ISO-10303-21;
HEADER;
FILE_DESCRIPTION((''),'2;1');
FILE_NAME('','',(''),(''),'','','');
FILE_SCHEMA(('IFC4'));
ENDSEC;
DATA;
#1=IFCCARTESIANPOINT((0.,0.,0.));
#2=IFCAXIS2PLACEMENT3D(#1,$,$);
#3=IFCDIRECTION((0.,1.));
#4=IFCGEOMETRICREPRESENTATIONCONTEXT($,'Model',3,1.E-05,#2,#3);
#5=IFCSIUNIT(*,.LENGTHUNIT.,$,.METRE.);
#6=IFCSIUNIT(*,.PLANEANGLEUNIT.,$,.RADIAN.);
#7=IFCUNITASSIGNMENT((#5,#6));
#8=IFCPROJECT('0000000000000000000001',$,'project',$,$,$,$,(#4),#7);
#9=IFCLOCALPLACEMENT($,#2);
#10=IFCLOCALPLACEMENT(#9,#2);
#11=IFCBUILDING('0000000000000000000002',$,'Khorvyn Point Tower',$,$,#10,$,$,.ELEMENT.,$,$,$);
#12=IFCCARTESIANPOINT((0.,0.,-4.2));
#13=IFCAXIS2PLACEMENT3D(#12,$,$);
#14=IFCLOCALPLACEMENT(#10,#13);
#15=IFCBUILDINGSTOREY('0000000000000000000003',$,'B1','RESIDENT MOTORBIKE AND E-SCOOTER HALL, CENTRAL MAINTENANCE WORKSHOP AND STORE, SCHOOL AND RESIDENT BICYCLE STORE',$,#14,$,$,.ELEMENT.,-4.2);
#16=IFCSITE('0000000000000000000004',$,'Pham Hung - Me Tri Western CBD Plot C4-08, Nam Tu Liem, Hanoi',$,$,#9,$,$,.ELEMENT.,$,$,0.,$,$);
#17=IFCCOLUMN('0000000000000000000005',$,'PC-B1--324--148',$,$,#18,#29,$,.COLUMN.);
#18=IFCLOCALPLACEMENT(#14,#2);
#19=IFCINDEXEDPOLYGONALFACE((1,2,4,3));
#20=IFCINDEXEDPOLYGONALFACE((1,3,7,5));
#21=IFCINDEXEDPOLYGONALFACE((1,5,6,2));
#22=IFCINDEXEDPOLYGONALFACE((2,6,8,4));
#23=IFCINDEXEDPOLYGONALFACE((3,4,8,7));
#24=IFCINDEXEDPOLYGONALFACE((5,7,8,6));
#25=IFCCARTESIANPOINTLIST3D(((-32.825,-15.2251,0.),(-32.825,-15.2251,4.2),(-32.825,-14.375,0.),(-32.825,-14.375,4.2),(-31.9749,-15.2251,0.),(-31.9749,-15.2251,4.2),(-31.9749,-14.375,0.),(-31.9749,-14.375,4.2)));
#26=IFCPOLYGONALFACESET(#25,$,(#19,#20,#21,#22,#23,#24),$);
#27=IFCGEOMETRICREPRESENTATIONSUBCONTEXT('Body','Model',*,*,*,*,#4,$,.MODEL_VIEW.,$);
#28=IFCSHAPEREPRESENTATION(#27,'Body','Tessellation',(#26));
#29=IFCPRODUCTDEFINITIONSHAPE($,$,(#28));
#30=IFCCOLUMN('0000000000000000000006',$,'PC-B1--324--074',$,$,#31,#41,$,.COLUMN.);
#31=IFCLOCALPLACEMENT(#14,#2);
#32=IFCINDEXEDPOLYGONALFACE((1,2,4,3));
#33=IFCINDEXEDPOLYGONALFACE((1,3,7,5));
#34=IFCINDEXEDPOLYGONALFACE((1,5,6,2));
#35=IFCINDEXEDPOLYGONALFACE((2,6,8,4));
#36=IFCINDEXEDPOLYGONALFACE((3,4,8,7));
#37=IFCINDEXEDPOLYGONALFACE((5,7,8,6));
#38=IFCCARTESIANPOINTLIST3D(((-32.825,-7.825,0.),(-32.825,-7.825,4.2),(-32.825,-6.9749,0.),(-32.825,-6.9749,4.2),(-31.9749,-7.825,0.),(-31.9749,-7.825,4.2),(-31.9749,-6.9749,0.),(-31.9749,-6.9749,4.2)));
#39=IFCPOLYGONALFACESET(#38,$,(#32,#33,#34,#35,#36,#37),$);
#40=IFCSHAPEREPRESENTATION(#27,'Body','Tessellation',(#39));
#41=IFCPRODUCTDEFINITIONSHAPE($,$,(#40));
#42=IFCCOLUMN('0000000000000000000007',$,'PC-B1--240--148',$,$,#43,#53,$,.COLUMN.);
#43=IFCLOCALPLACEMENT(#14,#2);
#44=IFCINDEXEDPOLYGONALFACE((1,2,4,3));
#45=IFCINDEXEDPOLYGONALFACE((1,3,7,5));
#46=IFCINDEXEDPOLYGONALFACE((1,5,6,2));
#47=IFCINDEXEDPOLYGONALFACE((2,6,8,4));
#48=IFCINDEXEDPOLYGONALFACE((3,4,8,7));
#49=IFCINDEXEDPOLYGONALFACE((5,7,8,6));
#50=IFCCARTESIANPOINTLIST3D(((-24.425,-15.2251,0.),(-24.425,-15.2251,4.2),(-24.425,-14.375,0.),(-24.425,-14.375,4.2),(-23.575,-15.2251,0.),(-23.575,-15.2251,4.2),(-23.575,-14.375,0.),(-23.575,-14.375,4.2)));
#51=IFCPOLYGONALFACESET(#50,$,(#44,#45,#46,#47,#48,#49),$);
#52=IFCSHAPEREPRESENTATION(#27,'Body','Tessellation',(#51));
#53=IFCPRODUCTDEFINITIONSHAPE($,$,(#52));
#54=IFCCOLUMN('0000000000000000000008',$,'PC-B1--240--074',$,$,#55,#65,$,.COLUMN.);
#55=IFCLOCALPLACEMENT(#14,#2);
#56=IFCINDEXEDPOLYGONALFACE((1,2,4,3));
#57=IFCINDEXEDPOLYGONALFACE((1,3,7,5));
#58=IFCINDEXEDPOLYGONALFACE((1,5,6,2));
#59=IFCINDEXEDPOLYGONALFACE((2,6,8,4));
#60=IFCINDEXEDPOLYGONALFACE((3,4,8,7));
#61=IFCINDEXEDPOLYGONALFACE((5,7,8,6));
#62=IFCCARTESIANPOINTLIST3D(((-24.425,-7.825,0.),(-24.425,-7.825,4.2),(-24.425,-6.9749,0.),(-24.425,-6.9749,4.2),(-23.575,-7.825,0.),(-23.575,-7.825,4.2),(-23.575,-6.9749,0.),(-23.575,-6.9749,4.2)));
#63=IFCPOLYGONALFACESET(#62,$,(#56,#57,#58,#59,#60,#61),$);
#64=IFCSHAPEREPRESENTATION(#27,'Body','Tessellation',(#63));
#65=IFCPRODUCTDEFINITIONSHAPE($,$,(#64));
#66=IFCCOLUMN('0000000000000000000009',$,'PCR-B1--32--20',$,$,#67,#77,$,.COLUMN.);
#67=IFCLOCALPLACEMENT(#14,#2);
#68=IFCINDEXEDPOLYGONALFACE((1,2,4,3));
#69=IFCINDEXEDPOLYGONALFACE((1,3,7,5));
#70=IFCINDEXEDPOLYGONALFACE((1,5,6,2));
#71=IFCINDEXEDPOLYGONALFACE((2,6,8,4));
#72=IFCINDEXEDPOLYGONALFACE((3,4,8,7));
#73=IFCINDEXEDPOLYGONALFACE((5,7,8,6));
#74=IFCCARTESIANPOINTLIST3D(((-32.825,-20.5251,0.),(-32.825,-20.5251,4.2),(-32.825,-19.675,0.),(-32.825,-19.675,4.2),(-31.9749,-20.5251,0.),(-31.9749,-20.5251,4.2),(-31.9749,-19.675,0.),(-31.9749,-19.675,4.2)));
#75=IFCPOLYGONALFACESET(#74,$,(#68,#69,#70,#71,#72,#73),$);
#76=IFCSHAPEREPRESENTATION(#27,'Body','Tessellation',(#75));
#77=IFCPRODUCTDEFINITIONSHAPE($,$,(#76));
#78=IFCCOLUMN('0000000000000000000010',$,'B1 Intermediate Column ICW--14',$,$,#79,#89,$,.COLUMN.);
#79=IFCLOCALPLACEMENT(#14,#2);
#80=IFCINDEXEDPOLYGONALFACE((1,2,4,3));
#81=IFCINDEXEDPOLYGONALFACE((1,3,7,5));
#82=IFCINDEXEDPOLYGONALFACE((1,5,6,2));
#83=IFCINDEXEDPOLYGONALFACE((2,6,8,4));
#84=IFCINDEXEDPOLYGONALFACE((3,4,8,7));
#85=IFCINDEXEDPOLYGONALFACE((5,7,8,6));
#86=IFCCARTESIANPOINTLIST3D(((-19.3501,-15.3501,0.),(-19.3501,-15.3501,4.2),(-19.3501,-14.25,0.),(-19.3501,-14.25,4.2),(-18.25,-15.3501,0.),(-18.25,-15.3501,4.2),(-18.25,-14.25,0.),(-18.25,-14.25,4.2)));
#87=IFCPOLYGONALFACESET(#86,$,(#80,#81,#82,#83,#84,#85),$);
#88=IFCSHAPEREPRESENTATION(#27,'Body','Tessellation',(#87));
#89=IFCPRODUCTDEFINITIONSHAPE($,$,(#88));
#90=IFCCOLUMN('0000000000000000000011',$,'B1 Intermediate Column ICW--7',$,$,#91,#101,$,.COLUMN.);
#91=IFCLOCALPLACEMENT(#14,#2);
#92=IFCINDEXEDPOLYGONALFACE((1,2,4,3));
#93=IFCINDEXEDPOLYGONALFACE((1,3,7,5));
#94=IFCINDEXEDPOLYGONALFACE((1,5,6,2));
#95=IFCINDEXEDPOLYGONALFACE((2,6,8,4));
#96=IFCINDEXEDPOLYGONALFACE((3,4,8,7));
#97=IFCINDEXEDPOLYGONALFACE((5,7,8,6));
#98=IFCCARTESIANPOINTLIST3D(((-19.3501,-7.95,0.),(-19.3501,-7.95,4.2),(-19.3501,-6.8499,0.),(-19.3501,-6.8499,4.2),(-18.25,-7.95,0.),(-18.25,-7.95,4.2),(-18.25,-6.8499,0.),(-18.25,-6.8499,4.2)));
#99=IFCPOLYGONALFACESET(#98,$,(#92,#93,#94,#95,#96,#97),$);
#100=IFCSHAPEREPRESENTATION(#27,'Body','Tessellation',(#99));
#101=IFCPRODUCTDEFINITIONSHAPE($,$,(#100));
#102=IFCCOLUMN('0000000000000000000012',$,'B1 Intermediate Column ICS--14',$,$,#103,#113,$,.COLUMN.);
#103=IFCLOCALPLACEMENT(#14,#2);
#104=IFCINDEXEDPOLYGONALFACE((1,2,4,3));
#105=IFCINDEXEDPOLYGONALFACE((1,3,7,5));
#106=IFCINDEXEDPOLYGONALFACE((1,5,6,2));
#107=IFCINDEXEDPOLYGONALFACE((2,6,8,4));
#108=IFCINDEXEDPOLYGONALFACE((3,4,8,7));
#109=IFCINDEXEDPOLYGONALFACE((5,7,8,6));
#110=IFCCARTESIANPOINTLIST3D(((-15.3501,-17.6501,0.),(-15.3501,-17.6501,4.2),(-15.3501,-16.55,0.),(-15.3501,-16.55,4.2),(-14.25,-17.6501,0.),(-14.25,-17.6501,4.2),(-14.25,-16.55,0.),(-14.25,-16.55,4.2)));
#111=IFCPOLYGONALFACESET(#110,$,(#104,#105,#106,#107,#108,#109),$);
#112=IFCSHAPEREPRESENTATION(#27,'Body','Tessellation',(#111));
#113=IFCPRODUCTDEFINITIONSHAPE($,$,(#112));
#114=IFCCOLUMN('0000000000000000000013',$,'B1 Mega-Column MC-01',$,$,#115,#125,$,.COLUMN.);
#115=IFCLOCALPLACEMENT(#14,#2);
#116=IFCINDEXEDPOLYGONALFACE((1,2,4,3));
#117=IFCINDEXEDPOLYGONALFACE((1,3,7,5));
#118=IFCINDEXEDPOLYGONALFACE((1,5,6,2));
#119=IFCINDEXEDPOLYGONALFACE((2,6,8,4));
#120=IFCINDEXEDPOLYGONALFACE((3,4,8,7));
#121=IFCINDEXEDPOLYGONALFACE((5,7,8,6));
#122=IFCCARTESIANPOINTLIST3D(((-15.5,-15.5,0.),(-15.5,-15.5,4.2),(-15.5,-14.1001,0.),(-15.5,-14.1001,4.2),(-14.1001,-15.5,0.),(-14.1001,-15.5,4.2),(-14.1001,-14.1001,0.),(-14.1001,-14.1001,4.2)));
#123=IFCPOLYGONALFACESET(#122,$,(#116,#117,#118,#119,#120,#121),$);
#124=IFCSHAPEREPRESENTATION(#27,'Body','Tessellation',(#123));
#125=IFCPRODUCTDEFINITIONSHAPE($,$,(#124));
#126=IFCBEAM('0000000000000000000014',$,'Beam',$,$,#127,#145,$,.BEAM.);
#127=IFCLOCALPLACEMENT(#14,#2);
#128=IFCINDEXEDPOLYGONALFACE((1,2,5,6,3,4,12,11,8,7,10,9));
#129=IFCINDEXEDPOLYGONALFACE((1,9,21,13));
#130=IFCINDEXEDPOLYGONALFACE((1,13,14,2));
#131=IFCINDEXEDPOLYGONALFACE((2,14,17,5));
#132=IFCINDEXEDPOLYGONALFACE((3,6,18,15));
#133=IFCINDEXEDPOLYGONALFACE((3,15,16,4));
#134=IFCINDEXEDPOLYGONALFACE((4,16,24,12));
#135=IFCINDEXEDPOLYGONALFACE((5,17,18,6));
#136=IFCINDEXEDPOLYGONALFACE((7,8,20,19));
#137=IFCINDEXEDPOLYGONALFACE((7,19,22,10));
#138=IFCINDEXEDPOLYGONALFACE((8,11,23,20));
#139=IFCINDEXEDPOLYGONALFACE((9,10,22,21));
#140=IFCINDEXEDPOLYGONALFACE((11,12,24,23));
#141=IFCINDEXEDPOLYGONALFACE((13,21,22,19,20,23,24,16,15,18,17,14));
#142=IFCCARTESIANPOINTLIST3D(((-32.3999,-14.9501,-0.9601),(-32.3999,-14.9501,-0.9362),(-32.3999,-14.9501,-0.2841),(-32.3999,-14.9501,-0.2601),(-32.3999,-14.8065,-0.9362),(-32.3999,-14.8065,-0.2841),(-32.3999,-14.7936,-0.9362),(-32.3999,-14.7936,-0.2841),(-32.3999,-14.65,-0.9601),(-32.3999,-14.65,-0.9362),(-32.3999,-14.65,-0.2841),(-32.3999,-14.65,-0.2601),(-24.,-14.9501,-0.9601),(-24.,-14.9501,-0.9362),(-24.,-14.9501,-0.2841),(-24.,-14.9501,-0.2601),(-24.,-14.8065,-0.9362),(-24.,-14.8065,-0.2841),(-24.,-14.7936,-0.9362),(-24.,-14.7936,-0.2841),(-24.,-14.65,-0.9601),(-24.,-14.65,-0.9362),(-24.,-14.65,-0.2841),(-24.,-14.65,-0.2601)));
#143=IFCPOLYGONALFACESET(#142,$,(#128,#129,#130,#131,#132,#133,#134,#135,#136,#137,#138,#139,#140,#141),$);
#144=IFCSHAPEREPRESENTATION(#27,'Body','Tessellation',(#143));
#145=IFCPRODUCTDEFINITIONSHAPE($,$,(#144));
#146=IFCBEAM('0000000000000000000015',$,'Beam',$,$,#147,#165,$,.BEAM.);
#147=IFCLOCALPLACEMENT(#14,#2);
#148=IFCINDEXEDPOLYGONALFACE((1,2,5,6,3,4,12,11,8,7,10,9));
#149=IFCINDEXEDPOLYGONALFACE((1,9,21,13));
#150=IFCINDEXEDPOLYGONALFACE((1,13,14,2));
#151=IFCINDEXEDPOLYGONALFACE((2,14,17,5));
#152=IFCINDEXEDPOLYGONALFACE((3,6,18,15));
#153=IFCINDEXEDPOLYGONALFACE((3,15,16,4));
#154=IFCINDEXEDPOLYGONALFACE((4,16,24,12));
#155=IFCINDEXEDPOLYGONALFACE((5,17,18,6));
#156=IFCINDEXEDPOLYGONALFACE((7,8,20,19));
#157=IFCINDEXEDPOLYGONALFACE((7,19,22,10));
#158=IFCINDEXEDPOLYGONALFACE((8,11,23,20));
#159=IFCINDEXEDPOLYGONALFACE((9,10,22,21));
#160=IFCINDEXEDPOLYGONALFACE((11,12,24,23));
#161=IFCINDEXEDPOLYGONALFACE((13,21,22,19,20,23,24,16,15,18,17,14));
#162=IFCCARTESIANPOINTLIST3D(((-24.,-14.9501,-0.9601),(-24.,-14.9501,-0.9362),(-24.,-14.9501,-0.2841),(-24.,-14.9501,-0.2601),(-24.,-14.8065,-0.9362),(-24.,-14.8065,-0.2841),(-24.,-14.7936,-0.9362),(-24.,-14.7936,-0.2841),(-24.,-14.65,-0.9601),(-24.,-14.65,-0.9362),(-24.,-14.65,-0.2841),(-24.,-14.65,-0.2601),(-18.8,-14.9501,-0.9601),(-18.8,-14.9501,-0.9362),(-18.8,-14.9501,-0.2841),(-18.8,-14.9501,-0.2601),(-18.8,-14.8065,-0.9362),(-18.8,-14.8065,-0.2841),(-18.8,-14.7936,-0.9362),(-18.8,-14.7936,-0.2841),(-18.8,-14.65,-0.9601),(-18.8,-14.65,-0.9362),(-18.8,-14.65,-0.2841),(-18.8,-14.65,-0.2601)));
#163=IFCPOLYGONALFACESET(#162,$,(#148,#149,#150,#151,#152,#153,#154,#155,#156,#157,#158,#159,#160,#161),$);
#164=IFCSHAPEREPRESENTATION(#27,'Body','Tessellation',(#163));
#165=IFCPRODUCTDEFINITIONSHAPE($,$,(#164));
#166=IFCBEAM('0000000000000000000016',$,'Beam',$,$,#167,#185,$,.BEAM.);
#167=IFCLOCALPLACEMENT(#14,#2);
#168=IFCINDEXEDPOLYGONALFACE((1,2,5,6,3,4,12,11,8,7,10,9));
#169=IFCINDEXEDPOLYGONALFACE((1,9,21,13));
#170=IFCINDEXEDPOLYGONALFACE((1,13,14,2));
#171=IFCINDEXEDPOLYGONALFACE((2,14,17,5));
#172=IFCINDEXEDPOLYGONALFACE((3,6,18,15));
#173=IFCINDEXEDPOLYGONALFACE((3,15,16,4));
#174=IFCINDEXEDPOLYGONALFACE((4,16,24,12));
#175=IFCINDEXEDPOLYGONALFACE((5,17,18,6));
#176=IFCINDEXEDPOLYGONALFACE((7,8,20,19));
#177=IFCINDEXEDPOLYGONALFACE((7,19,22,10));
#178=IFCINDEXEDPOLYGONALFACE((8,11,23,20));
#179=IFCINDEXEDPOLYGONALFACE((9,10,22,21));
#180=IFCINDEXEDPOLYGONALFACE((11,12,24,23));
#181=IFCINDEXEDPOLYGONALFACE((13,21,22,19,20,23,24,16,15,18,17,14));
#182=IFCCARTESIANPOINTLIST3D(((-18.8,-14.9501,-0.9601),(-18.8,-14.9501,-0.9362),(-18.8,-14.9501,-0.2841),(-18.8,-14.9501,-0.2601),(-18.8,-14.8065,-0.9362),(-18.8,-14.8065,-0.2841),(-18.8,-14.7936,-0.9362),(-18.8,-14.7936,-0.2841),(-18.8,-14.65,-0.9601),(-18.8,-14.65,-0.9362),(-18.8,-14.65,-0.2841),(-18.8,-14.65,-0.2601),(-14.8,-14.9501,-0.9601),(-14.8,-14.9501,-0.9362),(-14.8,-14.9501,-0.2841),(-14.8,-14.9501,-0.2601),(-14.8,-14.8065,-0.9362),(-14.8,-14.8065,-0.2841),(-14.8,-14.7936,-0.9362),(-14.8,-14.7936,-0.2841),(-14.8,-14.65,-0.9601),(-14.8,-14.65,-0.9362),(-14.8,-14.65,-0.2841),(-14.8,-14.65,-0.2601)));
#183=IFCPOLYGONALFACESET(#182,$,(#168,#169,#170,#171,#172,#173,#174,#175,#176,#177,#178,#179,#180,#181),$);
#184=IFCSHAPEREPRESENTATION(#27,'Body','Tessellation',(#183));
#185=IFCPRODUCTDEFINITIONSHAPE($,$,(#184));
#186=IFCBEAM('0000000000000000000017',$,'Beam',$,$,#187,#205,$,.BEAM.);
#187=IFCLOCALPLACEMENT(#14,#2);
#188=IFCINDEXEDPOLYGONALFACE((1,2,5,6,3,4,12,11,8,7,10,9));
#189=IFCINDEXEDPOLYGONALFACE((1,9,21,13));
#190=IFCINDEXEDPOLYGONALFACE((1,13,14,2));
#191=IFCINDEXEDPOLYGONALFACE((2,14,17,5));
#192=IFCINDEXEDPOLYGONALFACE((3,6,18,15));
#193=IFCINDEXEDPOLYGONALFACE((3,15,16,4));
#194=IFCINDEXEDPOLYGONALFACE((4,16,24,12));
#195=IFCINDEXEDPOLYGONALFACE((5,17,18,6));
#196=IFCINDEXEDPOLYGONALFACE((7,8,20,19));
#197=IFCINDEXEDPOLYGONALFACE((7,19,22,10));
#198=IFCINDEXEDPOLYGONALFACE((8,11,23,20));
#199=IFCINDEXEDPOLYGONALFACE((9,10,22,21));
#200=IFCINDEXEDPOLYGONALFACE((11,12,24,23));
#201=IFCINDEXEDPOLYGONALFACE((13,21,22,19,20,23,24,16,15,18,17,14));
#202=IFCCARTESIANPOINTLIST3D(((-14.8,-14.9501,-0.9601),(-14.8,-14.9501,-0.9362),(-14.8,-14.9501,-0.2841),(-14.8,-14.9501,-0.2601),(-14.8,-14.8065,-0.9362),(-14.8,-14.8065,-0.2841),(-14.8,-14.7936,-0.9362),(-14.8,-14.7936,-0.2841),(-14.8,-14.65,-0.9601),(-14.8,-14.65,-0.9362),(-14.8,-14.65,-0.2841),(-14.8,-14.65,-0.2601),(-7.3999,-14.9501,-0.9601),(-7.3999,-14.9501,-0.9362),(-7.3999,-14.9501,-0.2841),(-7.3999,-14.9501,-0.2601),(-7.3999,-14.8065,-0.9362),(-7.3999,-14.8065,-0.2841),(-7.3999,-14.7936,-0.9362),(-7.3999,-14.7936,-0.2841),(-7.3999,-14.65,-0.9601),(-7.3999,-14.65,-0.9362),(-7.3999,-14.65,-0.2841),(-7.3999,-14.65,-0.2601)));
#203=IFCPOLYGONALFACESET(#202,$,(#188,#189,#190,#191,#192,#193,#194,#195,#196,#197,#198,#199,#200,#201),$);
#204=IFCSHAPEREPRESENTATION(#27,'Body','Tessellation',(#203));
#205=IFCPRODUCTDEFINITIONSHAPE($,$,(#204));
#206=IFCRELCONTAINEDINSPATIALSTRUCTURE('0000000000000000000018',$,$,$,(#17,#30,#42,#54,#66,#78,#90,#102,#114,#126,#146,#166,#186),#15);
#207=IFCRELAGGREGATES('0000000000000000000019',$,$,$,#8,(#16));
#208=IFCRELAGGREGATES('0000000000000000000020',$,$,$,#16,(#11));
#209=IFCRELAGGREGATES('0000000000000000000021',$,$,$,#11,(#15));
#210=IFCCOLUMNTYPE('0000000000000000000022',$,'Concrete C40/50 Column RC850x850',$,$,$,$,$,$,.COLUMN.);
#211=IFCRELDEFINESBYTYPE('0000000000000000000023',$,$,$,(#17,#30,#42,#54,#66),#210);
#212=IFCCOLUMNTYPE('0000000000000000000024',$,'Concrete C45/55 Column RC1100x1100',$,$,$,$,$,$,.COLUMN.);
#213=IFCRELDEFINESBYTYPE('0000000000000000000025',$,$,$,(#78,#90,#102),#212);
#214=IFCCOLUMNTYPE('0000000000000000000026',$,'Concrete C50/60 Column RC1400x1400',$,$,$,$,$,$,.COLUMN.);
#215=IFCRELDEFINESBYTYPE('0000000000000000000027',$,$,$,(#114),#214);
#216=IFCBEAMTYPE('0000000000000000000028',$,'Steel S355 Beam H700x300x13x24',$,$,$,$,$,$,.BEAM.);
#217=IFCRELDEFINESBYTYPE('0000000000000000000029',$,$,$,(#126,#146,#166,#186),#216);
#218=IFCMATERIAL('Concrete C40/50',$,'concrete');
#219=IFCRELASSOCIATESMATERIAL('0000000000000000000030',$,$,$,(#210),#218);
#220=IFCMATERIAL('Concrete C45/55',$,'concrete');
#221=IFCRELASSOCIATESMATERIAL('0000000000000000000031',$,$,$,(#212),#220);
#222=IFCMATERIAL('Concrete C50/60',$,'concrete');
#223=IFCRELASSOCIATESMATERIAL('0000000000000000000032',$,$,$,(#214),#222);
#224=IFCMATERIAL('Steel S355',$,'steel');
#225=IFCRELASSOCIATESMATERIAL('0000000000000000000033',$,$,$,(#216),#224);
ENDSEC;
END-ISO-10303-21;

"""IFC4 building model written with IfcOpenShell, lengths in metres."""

from ifc_helpers import new_model, si_unit, direction, frame, origin, origin_2d, place, context, subcontext, project, spatial, rectangle, i_section, extrude, material, material_profile, profile_set, type_object, element, save


model = new_model("IFC4")

# Units and contexts
model_context = context("Model", 3, precision=1e-05, world=origin(), true_north=direction((0.0, 1.0)))
body_context = subcontext(model_context, "Body", "Model", "MODEL_VIEW")
ifc_project = project(units=[si_unit("LENGTHUNIT", "METRE"), si_unit("PLANEANGLEUNIT", "RADIAN")], contexts=[model_context])

# Site, building, storey
site_placement = place(None, origin())
site = spatial("IfcSite", under=ifc_project, at=site_placement, Name="Pham Hung - Me Tri Western CBD Plot C4-08, Nam Tu Liem, Hanoi", CompositionType="ELEMENT", RefElevation=0.0)
building_placement = place(site_placement, origin())
building = spatial("IfcBuilding", under=site, at=building_placement, Name="Khorvyn Point Tower", CompositionType="ELEMENT")
storey_placement = place(building_placement, frame((0.0, 0.0, -4.2)))
storey = spatial("IfcBuildingStorey", under=building, at=storey_placement, Name="B1", Description="RESIDENT MOTORBIKE AND E-SCOOTER HALL, CENTRAL MAINTENANCE WORKSHOP AND STORE, SCHOOL AND RESIDENT BICYCLE STORE", CompositionType="ELEMENT", Elevation=-4.2)

# Columns
ifc_material_1 = material(Name="Concrete C40/50", Category="concrete")
ifc_material_profile_1 = material_profile(ifc_material_1, rectangle(XDim=0.8501, YDim=0.8501, at=origin_2d()))
ifc_profile_set_1 = profile_set([ifc_material_profile_1], Name="Concrete C40/50 RC850x850")
column_type_1 = type_object("IfcColumnType", Name="Concrete C40/50 Column RC850x850", PredefinedType="COLUMN", material=ifc_profile_set_1)
for number, where, z_axis, x_axis, name in (
    (1, (-32.3999, -14.8, 0.0), (0.0, 0.0, 1.0), (1.0, 0.0, 0.0), "PC-B1--324--148"),
    (2, (-32.3999, -7.3999, 0.0), (0.0, 0.0, 1.0), (1.0, 0.0, 0.0), "PC-B1--324--074"),
    (3, (-24.0, -14.8, 0.0), (0.0, 0.0, 1.0), (1.0, 0.0, 0.0), "PC-B1--240--148"),
    (4, (-24.0, -7.3999, 0.0), (0.0, 0.0, 1.0), (1.0, 0.0, 0.0), "PC-B1--240--074"),
    (5, (-32.3999, -20.1001, 0.0), (0.0, 0.0, 1.0), (1.0, 0.0, 0.0), "PCR-B1--32--20"),
):
    element("IfcColumn", number, at=place(storey_placement, frame(where, z_axis=z_axis, x_axis=x_axis)), inside=storey, type_object=column_type_1, Name=name, PredefinedType="COLUMN", context=body_context, shape_type="SweptSolid", body=[
        extrude(rectangle(XDim=0.8501, YDim=0.8501, at=origin_2d()), origin(), (0.0, 0.0, 1.0), 4.2),
    ])
ifc_material_2 = material(Name="Concrete C45/55", Category="concrete")
ifc_material_profile_2 = material_profile(ifc_material_2, rectangle(XDim=1.1001, YDim=1.1001, at=origin_2d()))
ifc_profile_set_2 = profile_set([ifc_material_profile_2], Name="Concrete C45/55 RC1100x1100")
column_type_2 = type_object("IfcColumnType", Name="Concrete C45/55 Column RC1100x1100", PredefinedType="COLUMN", material=ifc_profile_set_2)
for number, where, z_axis, x_axis, name in (
    (6, (-18.8, -14.8, 0.0), (0.0, 0.0, 1.0), (1.0, 0.0, 0.0), "B1 Intermediate Column ICW--14"),
    (7, (-18.8, -7.3999, 0.0), (0.0, 0.0, 1.0), (1.0, 0.0, 0.0), "B1 Intermediate Column ICW--7"),
    (8, (-14.8, -17.1001, 0.0), (0.0, 0.0, 1.0), (1.0, 0.0, 0.0), "B1 Intermediate Column ICS--14"),
):
    element("IfcColumn", number, at=place(storey_placement, frame(where, z_axis=z_axis, x_axis=x_axis)), inside=storey, type_object=column_type_2, Name=name, PredefinedType="COLUMN", context=body_context, shape_type="SweptSolid", body=[
        extrude(rectangle(XDim=1.1001, YDim=1.1001, at=origin_2d()), origin(), (0.0, 0.0, 1.0), 4.2),
    ])
ifc_material_3 = material(Name="Concrete C50/60", Category="concrete")
ifc_material_profile_3 = material_profile(ifc_material_3, rectangle(XDim=1.3999, YDim=1.3999, at=origin_2d()))
ifc_profile_set_3 = profile_set([ifc_material_profile_3], Name="Concrete C50/60 RC1400x1400")
column_type_3 = type_object("IfcColumnType", Name="Concrete C50/60 Column RC1400x1400", PredefinedType="COLUMN", material=ifc_profile_set_3)
column_placement = place(storey_placement, frame((-14.8, -14.8, 0.0), z_axis=(0.0, 0.0, 1.0), x_axis=(1.0, 0.0, 0.0)))
element("IfcColumn", 9, at=column_placement, inside=storey, type_object=column_type_3, Name="B1 Mega-Column MC-01", PredefinedType="COLUMN", context=body_context, shape_type="SweptSolid", body=[
    extrude(rectangle(XDim=1.3999, YDim=1.3999, at=origin_2d()), origin(), (0.0, 0.0, 1.0), 4.2),
])

# Beams
ifc_material_4 = material(Name="Steel S355", Category="steel")
ifc_material_profile_4 = material_profile(ifc_material_4, i_section(OverallWidth=0.3, OverallDepth=0.7, WebThickness=0.0129, FlangeThickness=0.0239, at=origin_2d()))
ifc_profile_set_4 = profile_set([ifc_material_profile_4], Name="Steel S355 H700x300x13x24")
beam_type_1 = type_object("IfcBeamType", Name="Steel S355 Beam H700x300x13x24", PredefinedType="BEAM", material=ifc_profile_set_4)
beam_1_placement = place(storey_placement, frame((-32.3999, -14.8, -0.6101), z_axis=(1.0, 0.0, 0.0), x_axis=(0.0, 1.0, 0.0)))
element("IfcBeam", 10, at=beam_1_placement, inside=storey, type_object=beam_type_1, Name="Beam", PredefinedType="BEAM", context=body_context, shape_type="SweptSolid", body=[
    extrude(i_section(OverallWidth=0.3, OverallDepth=0.7, WebThickness=0.0129, FlangeThickness=0.0239, at=origin_2d()), origin(), (0.0, 0.0, 1.0), 8.3999),
])
beam_2_placement = place(storey_placement, frame((-24.0, -14.8, -0.6101), z_axis=(1.0, 0.0, 0.0), x_axis=(0.0, 1.0, 0.0)))
element("IfcBeam", 11, at=beam_2_placement, inside=storey, type_object=beam_type_1, Name="Beam", PredefinedType="BEAM", context=body_context, shape_type="SweptSolid", body=[
    extrude(i_section(OverallWidth=0.3, OverallDepth=0.7, WebThickness=0.0129, FlangeThickness=0.0239, at=origin_2d()), origin(), (0.0, 0.0, 1.0), 5.2),
])
beam_3_placement = place(storey_placement, frame((-18.8, -14.8, -0.6101), z_axis=(1.0, 0.0, 0.0), x_axis=(0.0, 1.0, 0.0)))
element("IfcBeam", 12, at=beam_3_placement, inside=storey, type_object=beam_type_1, Name="Beam", PredefinedType="BEAM", context=body_context, shape_type="SweptSolid", body=[
    extrude(i_section(OverallWidth=0.3, OverallDepth=0.7, WebThickness=0.0129, FlangeThickness=0.0239, at=origin_2d()), origin(), (0.0, 0.0, 1.0), 4.0),
])
beam_4_placement = place(storey_placement, frame((-14.8, -14.8, -0.6101), z_axis=(1.0, 0.0, 0.0), x_axis=(0.0, 1.0, 0.0)))
element("IfcBeam", 13, at=beam_4_placement, inside=storey, type_object=beam_type_1, Name="Beam", PredefinedType="BEAM", context=body_context, shape_type="SweptSolid", body=[
    extrude(i_section(OverallWidth=0.3, OverallDepth=0.7, WebThickness=0.0129, FlangeThickness=0.0239, at=origin_2d()), origin(), (0.0, 0.0, 1.0), 7.4001),
])

save(model, "model.ifc")
